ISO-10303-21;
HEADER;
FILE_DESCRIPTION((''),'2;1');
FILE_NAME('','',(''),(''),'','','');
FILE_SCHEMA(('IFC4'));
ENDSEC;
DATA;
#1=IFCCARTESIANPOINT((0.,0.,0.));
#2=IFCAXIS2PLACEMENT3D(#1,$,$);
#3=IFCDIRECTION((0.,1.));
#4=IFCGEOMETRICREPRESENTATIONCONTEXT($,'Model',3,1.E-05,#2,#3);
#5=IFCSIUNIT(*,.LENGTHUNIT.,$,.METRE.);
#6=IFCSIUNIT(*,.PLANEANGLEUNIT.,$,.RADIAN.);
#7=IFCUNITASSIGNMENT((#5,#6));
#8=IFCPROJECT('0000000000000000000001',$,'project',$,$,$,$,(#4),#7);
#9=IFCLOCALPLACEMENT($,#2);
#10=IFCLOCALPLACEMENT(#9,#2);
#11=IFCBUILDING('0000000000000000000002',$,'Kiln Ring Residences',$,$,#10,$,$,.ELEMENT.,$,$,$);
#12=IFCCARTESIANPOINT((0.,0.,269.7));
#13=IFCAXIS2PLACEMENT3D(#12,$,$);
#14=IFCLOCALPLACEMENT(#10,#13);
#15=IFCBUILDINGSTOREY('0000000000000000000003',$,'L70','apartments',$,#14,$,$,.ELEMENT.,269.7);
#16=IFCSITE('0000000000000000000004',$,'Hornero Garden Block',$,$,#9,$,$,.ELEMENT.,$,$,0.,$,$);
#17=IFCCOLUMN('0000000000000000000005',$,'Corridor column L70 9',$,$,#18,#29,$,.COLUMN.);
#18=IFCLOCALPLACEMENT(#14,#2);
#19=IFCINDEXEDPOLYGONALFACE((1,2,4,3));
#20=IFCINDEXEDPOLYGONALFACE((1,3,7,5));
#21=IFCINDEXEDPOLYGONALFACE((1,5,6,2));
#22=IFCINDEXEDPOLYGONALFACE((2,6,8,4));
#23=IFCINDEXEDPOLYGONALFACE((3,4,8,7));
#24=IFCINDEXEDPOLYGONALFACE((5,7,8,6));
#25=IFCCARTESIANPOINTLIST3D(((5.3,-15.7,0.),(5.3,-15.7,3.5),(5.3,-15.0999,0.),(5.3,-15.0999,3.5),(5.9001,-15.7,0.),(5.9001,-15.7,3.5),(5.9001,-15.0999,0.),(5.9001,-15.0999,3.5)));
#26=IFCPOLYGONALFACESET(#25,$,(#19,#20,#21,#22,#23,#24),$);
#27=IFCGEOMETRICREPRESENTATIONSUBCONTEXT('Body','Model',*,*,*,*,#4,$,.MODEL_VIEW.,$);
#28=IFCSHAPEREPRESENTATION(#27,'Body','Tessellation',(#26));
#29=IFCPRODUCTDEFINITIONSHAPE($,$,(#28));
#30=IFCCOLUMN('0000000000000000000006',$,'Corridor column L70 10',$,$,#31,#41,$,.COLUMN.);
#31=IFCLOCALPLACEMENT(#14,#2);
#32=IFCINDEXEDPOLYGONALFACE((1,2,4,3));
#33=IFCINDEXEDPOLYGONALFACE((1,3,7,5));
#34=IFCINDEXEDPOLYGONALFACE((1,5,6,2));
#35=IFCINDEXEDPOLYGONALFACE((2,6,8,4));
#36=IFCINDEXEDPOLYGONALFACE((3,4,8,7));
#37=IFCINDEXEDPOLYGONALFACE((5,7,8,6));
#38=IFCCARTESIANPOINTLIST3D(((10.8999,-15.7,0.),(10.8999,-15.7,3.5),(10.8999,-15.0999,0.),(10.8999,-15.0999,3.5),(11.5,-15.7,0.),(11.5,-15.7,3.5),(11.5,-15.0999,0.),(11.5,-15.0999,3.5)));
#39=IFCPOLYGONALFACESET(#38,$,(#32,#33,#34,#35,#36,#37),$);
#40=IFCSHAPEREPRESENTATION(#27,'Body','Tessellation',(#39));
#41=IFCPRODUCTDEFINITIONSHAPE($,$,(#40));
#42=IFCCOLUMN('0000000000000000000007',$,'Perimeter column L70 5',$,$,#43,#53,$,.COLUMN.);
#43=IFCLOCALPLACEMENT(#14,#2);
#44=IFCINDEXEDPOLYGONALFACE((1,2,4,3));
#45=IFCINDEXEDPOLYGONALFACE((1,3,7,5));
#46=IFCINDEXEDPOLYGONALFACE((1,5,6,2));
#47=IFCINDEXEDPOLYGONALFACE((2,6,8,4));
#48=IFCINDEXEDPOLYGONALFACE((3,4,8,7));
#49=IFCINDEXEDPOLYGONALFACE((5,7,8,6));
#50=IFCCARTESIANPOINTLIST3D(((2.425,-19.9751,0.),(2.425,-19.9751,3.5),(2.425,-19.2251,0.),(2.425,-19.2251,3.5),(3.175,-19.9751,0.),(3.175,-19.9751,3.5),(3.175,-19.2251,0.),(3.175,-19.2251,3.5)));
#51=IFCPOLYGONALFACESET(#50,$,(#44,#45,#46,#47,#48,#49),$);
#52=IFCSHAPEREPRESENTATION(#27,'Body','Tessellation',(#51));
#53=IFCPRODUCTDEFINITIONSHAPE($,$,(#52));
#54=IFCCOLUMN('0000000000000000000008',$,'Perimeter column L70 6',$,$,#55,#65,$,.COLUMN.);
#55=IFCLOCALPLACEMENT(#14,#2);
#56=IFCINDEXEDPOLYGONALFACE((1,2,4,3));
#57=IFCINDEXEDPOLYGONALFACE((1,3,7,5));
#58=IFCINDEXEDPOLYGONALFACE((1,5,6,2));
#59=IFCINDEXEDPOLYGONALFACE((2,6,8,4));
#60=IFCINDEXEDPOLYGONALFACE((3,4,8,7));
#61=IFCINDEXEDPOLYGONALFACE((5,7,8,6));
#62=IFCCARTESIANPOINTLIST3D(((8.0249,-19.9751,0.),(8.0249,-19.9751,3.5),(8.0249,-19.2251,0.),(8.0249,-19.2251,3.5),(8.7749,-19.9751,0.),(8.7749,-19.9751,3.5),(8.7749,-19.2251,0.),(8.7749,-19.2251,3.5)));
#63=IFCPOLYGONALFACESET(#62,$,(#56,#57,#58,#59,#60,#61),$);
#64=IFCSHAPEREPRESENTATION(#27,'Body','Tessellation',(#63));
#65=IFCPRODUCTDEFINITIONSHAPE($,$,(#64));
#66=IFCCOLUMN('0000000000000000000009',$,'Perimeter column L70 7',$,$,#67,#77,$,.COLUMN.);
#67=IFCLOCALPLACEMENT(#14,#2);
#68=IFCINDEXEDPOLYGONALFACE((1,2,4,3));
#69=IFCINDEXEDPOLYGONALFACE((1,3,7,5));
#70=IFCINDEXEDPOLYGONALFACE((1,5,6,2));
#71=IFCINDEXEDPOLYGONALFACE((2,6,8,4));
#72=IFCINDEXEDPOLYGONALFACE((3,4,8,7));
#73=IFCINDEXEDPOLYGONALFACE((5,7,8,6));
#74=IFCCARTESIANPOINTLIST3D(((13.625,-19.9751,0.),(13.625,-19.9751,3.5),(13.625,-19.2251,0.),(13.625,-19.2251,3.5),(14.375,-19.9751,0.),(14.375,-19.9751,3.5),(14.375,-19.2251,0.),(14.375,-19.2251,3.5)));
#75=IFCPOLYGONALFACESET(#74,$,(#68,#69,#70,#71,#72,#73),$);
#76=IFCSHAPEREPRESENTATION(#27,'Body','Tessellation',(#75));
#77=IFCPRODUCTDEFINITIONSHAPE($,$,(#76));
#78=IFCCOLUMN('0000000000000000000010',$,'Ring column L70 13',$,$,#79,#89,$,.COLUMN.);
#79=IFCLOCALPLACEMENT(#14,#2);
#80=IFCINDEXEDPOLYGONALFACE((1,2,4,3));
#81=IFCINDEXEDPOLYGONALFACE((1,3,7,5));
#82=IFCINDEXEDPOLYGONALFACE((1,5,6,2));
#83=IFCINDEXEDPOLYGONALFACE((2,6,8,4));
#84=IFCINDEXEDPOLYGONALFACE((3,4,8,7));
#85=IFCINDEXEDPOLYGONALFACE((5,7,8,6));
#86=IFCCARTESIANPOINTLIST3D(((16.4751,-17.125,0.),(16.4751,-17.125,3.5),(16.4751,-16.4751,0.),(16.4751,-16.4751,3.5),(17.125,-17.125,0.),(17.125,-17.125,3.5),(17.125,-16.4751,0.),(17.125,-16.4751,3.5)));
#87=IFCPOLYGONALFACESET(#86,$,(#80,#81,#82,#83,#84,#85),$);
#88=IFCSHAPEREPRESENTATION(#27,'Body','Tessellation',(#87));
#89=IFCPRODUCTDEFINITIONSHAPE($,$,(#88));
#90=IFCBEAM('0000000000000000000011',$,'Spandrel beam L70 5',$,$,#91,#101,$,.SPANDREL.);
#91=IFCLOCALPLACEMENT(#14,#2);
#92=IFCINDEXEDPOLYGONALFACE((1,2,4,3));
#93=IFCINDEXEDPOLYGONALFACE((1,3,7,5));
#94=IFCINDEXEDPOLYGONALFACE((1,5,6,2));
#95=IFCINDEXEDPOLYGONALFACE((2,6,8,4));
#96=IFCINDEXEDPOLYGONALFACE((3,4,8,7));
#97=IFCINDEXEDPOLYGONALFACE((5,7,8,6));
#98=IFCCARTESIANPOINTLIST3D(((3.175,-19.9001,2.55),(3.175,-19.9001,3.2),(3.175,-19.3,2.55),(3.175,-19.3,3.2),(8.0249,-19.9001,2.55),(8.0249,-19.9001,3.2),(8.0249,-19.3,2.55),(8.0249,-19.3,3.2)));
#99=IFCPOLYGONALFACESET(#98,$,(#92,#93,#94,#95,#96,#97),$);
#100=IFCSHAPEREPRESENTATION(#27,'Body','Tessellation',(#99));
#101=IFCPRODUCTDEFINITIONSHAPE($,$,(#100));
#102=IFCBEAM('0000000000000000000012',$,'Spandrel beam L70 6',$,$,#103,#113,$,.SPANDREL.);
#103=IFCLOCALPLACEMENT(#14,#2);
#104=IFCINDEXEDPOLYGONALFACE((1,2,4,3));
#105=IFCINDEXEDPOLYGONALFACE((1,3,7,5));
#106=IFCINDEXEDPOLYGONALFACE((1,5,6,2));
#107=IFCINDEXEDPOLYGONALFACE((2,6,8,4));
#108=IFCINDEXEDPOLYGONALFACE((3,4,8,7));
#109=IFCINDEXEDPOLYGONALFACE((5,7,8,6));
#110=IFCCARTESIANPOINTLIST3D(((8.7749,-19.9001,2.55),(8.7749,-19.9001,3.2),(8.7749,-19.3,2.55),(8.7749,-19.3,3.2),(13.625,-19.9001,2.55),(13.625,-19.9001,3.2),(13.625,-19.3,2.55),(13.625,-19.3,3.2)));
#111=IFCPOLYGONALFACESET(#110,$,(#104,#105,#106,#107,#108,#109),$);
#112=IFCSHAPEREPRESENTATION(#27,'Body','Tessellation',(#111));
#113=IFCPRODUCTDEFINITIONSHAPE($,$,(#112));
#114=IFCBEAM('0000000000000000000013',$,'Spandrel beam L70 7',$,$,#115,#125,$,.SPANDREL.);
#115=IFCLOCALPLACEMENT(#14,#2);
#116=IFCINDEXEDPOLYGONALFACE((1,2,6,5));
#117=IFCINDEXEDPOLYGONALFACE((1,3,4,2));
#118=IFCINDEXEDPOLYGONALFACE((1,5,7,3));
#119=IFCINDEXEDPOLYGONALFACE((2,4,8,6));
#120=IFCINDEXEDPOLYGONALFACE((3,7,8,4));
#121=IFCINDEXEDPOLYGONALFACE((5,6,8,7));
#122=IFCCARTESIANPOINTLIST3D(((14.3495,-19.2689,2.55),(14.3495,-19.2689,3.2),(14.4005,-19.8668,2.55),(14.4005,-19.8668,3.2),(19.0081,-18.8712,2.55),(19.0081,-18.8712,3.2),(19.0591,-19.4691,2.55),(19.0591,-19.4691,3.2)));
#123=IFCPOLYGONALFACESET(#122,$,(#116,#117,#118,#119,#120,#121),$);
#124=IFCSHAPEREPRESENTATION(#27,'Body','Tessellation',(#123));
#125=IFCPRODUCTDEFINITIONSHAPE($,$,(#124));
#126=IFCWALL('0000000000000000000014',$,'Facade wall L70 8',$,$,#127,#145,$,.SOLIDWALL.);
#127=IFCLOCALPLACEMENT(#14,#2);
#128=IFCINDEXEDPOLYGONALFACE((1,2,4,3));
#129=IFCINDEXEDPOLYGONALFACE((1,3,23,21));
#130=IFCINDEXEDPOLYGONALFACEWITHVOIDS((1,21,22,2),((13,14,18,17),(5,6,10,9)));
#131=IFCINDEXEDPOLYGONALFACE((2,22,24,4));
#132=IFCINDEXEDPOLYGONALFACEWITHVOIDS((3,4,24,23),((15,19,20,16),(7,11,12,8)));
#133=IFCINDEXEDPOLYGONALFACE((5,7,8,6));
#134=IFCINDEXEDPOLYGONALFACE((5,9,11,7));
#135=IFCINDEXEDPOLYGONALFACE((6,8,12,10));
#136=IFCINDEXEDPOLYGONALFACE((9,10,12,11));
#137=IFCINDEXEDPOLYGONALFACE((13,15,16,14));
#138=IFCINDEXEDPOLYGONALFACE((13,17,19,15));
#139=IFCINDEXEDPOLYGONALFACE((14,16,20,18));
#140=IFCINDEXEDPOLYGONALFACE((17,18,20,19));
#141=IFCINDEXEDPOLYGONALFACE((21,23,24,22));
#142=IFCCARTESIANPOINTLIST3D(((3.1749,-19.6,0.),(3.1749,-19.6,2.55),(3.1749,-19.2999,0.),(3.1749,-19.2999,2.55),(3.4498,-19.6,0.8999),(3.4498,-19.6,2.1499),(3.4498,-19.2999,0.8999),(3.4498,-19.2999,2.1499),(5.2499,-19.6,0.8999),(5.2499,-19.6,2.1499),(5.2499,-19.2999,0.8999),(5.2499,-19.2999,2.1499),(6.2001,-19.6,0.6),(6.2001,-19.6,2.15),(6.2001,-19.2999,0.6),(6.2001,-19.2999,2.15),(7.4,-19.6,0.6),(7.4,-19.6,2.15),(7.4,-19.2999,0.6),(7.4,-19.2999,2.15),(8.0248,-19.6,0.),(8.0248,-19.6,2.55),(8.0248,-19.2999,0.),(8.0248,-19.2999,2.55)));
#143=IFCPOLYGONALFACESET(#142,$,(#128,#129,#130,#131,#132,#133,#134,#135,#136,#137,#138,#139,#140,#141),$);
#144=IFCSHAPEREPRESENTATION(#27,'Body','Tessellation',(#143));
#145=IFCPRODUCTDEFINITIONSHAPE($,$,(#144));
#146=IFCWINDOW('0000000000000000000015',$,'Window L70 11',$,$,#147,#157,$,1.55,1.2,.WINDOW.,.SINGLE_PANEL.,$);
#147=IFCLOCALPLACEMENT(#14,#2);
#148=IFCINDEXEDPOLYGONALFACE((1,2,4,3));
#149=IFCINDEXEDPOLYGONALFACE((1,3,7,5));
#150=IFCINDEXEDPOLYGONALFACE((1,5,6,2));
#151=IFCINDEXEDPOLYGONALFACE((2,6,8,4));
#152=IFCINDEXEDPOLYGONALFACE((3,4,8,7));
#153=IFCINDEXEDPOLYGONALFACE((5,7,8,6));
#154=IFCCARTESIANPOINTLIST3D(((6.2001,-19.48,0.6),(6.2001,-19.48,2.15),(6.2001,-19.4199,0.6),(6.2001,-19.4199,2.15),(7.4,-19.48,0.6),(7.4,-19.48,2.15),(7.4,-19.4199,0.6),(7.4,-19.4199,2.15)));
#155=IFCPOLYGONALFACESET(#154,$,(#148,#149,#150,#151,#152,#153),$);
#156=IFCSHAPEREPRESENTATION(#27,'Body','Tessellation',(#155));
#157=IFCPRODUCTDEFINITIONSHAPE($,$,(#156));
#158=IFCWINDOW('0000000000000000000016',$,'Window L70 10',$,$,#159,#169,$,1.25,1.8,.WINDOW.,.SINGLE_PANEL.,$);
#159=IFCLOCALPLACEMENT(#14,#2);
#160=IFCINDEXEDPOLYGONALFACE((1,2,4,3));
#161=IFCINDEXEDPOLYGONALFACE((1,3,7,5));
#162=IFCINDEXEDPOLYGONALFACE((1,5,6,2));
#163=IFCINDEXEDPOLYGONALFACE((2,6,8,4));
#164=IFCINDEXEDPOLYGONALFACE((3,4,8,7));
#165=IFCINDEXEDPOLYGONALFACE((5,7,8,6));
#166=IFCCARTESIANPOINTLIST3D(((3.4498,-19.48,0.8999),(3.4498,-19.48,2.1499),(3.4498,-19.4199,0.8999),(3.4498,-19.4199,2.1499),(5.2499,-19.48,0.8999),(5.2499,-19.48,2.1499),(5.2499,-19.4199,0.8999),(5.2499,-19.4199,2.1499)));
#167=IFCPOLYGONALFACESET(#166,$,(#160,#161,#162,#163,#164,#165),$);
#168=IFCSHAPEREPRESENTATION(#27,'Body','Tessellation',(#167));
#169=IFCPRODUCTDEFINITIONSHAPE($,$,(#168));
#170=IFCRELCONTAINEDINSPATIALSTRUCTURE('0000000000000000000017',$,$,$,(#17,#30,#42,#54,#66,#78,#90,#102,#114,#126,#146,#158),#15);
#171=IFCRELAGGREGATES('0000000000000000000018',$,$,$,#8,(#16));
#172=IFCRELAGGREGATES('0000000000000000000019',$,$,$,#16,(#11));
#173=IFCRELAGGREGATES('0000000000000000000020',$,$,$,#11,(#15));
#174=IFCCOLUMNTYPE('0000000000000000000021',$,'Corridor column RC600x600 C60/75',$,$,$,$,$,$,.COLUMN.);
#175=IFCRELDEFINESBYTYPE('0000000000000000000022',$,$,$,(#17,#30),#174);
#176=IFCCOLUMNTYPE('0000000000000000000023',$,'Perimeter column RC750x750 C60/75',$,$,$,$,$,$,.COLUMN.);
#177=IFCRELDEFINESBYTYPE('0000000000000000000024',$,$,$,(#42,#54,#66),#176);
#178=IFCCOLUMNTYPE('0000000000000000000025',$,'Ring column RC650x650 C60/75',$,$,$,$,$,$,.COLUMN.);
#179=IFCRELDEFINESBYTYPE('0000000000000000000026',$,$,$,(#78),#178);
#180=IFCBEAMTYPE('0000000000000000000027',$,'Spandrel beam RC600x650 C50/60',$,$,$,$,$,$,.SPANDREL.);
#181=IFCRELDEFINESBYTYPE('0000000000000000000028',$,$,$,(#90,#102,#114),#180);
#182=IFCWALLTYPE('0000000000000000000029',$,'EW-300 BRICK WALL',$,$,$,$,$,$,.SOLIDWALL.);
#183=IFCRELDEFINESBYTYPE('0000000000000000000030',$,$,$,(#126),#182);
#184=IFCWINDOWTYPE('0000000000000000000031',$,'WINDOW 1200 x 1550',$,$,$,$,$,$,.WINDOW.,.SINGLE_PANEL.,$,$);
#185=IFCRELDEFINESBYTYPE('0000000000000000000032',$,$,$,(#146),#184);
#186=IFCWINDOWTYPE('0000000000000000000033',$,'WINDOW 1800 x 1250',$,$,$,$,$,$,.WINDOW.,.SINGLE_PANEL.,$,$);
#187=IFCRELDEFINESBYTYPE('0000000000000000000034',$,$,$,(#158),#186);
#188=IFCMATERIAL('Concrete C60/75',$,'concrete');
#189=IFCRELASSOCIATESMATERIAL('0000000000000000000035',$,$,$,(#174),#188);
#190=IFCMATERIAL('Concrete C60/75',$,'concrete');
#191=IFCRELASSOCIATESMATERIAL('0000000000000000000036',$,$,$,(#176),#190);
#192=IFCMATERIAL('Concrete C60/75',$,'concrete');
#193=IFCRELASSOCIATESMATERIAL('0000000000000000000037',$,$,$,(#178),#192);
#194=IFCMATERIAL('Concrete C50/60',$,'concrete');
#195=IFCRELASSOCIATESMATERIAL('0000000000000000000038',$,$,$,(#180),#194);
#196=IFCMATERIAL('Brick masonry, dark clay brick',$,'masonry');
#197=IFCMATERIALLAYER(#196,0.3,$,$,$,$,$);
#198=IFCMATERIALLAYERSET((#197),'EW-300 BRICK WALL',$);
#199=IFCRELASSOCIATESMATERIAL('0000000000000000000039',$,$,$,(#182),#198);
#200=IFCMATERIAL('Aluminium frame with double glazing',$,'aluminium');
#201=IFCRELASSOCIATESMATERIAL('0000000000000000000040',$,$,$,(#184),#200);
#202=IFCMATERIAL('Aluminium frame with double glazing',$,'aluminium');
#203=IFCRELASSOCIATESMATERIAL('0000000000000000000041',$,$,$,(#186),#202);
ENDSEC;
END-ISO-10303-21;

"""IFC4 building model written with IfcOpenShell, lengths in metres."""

from ifc_helpers import new_model, si_unit, direction, frame, frame_2d, origin, origin_2d, place, context, subcontext, project, spatial, rectangle, extrude, material, layer, layer_set, material_profile, profile_set, type_object, element, fill, save


model = new_model("IFC4")

# Units and contexts
model_context = context("Model", 3, precision=1e-05, world=origin(), true_north=direction((0.0, 1.0)))
body_context = subcontext(model_context, "Body", "Model", "MODEL_VIEW")
ifc_project = project(units=[si_unit("LENGTHUNIT", "METRE"), si_unit("PLANEANGLEUNIT", "RADIAN")], contexts=[model_context])

# Site, building, storey
site_placement = place(None, origin())
site = spatial("IfcSite", under=ifc_project, at=site_placement, Name="Hornero Garden Block", CompositionType="ELEMENT", RefElevation=0.0)
building_placement = place(site_placement, origin())
building = spatial("IfcBuilding", under=site, at=building_placement, Name="Kiln Ring Residences", CompositionType="ELEMENT")
storey_placement = place(building_placement, frame((0.0, 0.0, 269.7)))
storey = spatial("IfcBuildingStorey", under=building, at=storey_placement, Name="L70", Description="apartments", CompositionType="ELEMENT", Elevation=269.7)

# Columns
ifc_material_1 = material(Name="Concrete C60/75", Category="concrete")
ifc_material_profile_1 = material_profile(ifc_material_1, rectangle(XDim=0.6001, YDim=0.6001, at=origin_2d()), Name="RC600x600")
ifc_profile_set_1 = profile_set([ifc_material_profile_1], Name="Concrete C60/75")
column_type_1 = type_object("IfcColumnType", Name="Corridor column RC600x600 C60/75", PredefinedType="COLUMN", material=ifc_profile_set_1)
for number, where, z_axis, x_axis, name in (
    (1, (5.6001, -15.3999, 0.0), (0.0, 0.0, 1.0), (1.0, 0.0, 0.0), "Corridor column L70 9"),
    (2, (11.2, -15.3999, 0.0), (0.0, 0.0, 1.0), (1.0, 0.0, 0.0), "Corridor column L70 10"),
):
    element("IfcColumn", number, at=place(storey_placement, frame(where, z_axis=z_axis, x_axis=x_axis)), inside=storey, type_object=column_type_1, Name=name, PredefinedType="COLUMN", context=body_context, shape_type="SweptSolid", body=[
        extrude(rectangle(XDim=0.6001, YDim=0.6001, at=origin_2d()), origin(), (0.0, 0.0, 1.0), 3.5),
    ])
ifc_material_2 = material(Name="Concrete C60/75", Category="concrete")
ifc_material_profile_2 = material_profile(ifc_material_2, rectangle(XDim=0.75, YDim=0.75, at=origin_2d()), Name="RC750x750")
ifc_profile_set_2 = profile_set([ifc_material_profile_2], Name="Concrete C60/75")
column_type_2 = type_object("IfcColumnType", Name="Perimeter column RC750x750 C60/75", PredefinedType="COLUMN", material=ifc_profile_set_2)
for number, where, z_axis, x_axis, name in (
    (3, (2.8, -19.6001, 0.0), (0.0, 0.0, 1.0), (1.0, 0.0, 0.0), "Perimeter column L70 5"),
    (4, (8.3999, -19.6001, 0.0), (0.0, 0.0, 1.0), (1.0, 0.0, 0.0), "Perimeter column L70 6"),
    (5, (14.0, -19.6001, 0.0), (0.0, 0.0, 1.0), (1.0, 0.0, 0.0), "Perimeter column L70 7"),
):
    element("IfcColumn", number, at=place(storey_placement, frame(where, z_axis=z_axis, x_axis=x_axis)), inside=storey, type_object=column_type_2, Name=name, PredefinedType="COLUMN", context=body_context, shape_type="SweptSolid", body=[
        extrude(rectangle(XDim=0.75, YDim=0.75, at=origin_2d()), origin(), (0.0, 0.0, 1.0), 3.5),
    ])
ifc_material_3 = material(Name="Concrete C60/75", Category="concrete")
ifc_material_profile_3 = material_profile(ifc_material_3, rectangle(XDim=0.6499, YDim=0.6499, at=origin_2d()), Name="RC650x650")
ifc_profile_set_3 = profile_set([ifc_material_profile_3], Name="Concrete C60/75")
column_type_3 = type_object("IfcColumnType", Name="Ring column RC650x650 C60/75", PredefinedType="COLUMN", material=ifc_profile_set_3)
column_placement = place(storey_placement, frame((16.8, -16.8, 0.0), z_axis=(0.0, 0.0, 1.0), x_axis=(1.0, 0.0, 0.0)))
element("IfcColumn", 6, at=column_placement, inside=storey, type_object=column_type_3, Name="Ring column L70 13", PredefinedType="COLUMN", context=body_context, shape_type="SweptSolid", body=[
    extrude(rectangle(XDim=0.6499, YDim=0.6499, at=origin_2d()), origin(), (0.0, 0.0, 1.0), 3.5),
])

# Beams
ifc_material_4 = material(Name="Concrete C50/60", Category="concrete")
ifc_material_profile_4 = material_profile(ifc_material_4, rectangle(XDim=0.6001, YDim=0.6499, at=origin_2d()), Name="RC600x650")
ifc_profile_set_4 = profile_set([ifc_material_profile_4], Name="Concrete C50/60")
beam_type = type_object("IfcBeamType", Name="Spandrel beam RC600x650 C50/60", PredefinedType="SPANDREL", material=ifc_profile_set_4)
beam_1_placement = place(storey_placement, frame((3.175, -19.6001, 2.875), z_axis=(1.0, 0.0, 0.0), x_axis=(0.0, 1.0, 0.0)))
element("IfcBeam", 7, at=beam_1_placement, inside=storey, type_object=beam_type, Name="Spandrel beam L70 5", PredefinedType="SPANDREL", context=body_context, shape_type="SweptSolid", body=[
    extrude(rectangle(XDim=0.6001, YDim=0.6499, at=origin_2d()), origin(), (0.0, 0.0, 1.0), 4.8499),
])
beam_2_placement = place(storey_placement, frame((8.7749, -19.6001, 2.875), z_axis=(1.0, 0.0, 0.0), x_axis=(0.0, 1.0, 0.0)))
element("IfcBeam", 8, at=beam_2_placement, inside=storey, type_object=beam_type, Name="Spandrel beam L70 6", PredefinedType="SPANDREL", context=body_context, shape_type="SweptSolid", body=[
    extrude(rectangle(XDim=0.6001, YDim=0.6499, at=origin_2d()), origin(), (0.0, 0.0, 1.0), 4.8501),
])
beam_3_placement = place(storey_placement, frame((14.375, -19.5679, 2.875), z_axis=(0.996376, 0.085059, 0.0), x_axis=(-0.085059, 0.996376, 0.0)))
element("IfcBeam", 9, at=beam_3_placement, inside=storey, type_object=beam_type, Name="Spandrel beam L70 7", PredefinedType="SPANDREL", context=body_context, shape_type="SweptSolid", body=[
    extrude(rectangle(XDim=0.6001, YDim=0.6499, at=origin_2d()), origin(), (0.0, 0.0, 1.0), 4.6755),
])

# Wall, openings, windows
ifc_material_5 = material(Name="Brick masonry, dark clay brick", Category="masonry")
ifc_layer_1 = layer(ifc_material_5, 0.3)
ifc_layer_set_1 = layer_set([ifc_layer_1], Name="EW-300 BRICK WALL")
wall_type_1 = type_object("IfcWallType", Name="EW-300 BRICK WALL", PredefinedType="SOLIDWALL", material=ifc_layer_set_1)
wall_1_placement = place(storey_placement, frame((3.175, -19.45, 0.0), z_axis=(0.0, 0.0, 1.0), x_axis=(1.0, 0.0, 0.0)))
wall_1 = element("IfcWall", 10, at=wall_1_placement, inside=storey, type_object=wall_type_1, Name="Facade wall L70 8", PredefinedType="SOLIDWALL", context=body_context, shape_type="SweptSolid", body=[
    extrude(rectangle(XDim=4.8499, YDim=0.3, at=frame_2d((2.4248, 0.0))), origin(), (0.0, 0.0, 1.0), 2.55),
])
opening_1_placement = place(wall_1_placement, frame((0.2749, 0.0, 0.8999)))
opening_1 = element("IfcOpeningElement", 11, at=opening_1_placement, cuts=wall_1, PredefinedType="OPENING", context=body_context, shape_type="SweptSolid", body=[
    extrude(rectangle(XDim=1.8, YDim=1.25, at=frame_2d((0.8999, 0.625))), frame((0.0, 0.1599, 0.0), z_axis=(0.0, -1.0, 0.0), x_axis=(1.0, 0.0, 0.0)), (0.0, 0.0, 1.0), 0.3201),
])
opening_2_placement = place(wall_1_placement, frame((3.0249, 0.0, 0.6001)))
opening_2 = element("IfcOpeningElement", 12, at=opening_2_placement, cuts=wall_1, PredefinedType="OPENING", context=body_context, shape_type="SweptSolid", body=[
    extrude(rectangle(XDim=1.2, YDim=1.55, at=frame_2d((0.6001, 0.7749))), frame((0.0, 0.1599, 0.0), z_axis=(0.0, -1.0, 0.0), x_axis=(1.0, 0.0, 0.0)), (0.0, 0.0, 1.0), 0.3201),
])
ifc_material_6 = material(Name="Aluminium frame with double glazing", Category="aluminium")
window_type_1 = type_object("IfcWindowType", Name="WINDOW 1200 x 1550", PartitioningType="SINGLE_PANEL", PredefinedType="WINDOW", material=ifc_material_6)
window_1_placement = place(opening_2_placement, origin())
window_1 = element("IfcWindow", 13, at=window_1_placement, inside=storey, type_object=window_type_1, Name="Window L70 11", OverallHeight=1.55, OverallWidth=1.2, PartitioningType="SINGLE_PANEL", PredefinedType="WINDOW", context=body_context, shape_type="SweptSolid", body=[
    extrude(rectangle(XDim=1.2, YDim=1.55, at=frame_2d((0.6001, 0.7749))), frame((0.0, 0.03, 0.0), z_axis=(0.0, -1.0, 0.0), x_axis=(1.0, 0.0, 0.0)), (0.0, 0.0, 1.0), 0.0601),
])
fill(opening_2, window_1)
ifc_material_7 = material(Name="Aluminium frame with double glazing", Category="aluminium")
window_type_2 = type_object("IfcWindowType", Name="WINDOW 1800 x 1250", PartitioningType="SINGLE_PANEL", PredefinedType="WINDOW", material=ifc_material_7)
window_2_placement = place(opening_1_placement, origin())
window_2 = element("IfcWindow", 14, at=window_2_placement, inside=storey, type_object=window_type_2, Name="Window L70 10", OverallHeight=1.25, OverallWidth=1.8, PartitioningType="SINGLE_PANEL", PredefinedType="WINDOW", context=body_context, shape_type="SweptSolid", body=[
    extrude(rectangle(XDim=1.8, YDim=1.25, at=frame_2d((0.8999, 0.625))), frame((0.0, 0.03, 0.0), z_axis=(0.0, -1.0, 0.0), x_axis=(1.0, 0.0, 0.0)), (0.0, 0.0, 1.0), 0.0601),
])
fill(opening_1, window_2)

save(model, "model.ifc")
